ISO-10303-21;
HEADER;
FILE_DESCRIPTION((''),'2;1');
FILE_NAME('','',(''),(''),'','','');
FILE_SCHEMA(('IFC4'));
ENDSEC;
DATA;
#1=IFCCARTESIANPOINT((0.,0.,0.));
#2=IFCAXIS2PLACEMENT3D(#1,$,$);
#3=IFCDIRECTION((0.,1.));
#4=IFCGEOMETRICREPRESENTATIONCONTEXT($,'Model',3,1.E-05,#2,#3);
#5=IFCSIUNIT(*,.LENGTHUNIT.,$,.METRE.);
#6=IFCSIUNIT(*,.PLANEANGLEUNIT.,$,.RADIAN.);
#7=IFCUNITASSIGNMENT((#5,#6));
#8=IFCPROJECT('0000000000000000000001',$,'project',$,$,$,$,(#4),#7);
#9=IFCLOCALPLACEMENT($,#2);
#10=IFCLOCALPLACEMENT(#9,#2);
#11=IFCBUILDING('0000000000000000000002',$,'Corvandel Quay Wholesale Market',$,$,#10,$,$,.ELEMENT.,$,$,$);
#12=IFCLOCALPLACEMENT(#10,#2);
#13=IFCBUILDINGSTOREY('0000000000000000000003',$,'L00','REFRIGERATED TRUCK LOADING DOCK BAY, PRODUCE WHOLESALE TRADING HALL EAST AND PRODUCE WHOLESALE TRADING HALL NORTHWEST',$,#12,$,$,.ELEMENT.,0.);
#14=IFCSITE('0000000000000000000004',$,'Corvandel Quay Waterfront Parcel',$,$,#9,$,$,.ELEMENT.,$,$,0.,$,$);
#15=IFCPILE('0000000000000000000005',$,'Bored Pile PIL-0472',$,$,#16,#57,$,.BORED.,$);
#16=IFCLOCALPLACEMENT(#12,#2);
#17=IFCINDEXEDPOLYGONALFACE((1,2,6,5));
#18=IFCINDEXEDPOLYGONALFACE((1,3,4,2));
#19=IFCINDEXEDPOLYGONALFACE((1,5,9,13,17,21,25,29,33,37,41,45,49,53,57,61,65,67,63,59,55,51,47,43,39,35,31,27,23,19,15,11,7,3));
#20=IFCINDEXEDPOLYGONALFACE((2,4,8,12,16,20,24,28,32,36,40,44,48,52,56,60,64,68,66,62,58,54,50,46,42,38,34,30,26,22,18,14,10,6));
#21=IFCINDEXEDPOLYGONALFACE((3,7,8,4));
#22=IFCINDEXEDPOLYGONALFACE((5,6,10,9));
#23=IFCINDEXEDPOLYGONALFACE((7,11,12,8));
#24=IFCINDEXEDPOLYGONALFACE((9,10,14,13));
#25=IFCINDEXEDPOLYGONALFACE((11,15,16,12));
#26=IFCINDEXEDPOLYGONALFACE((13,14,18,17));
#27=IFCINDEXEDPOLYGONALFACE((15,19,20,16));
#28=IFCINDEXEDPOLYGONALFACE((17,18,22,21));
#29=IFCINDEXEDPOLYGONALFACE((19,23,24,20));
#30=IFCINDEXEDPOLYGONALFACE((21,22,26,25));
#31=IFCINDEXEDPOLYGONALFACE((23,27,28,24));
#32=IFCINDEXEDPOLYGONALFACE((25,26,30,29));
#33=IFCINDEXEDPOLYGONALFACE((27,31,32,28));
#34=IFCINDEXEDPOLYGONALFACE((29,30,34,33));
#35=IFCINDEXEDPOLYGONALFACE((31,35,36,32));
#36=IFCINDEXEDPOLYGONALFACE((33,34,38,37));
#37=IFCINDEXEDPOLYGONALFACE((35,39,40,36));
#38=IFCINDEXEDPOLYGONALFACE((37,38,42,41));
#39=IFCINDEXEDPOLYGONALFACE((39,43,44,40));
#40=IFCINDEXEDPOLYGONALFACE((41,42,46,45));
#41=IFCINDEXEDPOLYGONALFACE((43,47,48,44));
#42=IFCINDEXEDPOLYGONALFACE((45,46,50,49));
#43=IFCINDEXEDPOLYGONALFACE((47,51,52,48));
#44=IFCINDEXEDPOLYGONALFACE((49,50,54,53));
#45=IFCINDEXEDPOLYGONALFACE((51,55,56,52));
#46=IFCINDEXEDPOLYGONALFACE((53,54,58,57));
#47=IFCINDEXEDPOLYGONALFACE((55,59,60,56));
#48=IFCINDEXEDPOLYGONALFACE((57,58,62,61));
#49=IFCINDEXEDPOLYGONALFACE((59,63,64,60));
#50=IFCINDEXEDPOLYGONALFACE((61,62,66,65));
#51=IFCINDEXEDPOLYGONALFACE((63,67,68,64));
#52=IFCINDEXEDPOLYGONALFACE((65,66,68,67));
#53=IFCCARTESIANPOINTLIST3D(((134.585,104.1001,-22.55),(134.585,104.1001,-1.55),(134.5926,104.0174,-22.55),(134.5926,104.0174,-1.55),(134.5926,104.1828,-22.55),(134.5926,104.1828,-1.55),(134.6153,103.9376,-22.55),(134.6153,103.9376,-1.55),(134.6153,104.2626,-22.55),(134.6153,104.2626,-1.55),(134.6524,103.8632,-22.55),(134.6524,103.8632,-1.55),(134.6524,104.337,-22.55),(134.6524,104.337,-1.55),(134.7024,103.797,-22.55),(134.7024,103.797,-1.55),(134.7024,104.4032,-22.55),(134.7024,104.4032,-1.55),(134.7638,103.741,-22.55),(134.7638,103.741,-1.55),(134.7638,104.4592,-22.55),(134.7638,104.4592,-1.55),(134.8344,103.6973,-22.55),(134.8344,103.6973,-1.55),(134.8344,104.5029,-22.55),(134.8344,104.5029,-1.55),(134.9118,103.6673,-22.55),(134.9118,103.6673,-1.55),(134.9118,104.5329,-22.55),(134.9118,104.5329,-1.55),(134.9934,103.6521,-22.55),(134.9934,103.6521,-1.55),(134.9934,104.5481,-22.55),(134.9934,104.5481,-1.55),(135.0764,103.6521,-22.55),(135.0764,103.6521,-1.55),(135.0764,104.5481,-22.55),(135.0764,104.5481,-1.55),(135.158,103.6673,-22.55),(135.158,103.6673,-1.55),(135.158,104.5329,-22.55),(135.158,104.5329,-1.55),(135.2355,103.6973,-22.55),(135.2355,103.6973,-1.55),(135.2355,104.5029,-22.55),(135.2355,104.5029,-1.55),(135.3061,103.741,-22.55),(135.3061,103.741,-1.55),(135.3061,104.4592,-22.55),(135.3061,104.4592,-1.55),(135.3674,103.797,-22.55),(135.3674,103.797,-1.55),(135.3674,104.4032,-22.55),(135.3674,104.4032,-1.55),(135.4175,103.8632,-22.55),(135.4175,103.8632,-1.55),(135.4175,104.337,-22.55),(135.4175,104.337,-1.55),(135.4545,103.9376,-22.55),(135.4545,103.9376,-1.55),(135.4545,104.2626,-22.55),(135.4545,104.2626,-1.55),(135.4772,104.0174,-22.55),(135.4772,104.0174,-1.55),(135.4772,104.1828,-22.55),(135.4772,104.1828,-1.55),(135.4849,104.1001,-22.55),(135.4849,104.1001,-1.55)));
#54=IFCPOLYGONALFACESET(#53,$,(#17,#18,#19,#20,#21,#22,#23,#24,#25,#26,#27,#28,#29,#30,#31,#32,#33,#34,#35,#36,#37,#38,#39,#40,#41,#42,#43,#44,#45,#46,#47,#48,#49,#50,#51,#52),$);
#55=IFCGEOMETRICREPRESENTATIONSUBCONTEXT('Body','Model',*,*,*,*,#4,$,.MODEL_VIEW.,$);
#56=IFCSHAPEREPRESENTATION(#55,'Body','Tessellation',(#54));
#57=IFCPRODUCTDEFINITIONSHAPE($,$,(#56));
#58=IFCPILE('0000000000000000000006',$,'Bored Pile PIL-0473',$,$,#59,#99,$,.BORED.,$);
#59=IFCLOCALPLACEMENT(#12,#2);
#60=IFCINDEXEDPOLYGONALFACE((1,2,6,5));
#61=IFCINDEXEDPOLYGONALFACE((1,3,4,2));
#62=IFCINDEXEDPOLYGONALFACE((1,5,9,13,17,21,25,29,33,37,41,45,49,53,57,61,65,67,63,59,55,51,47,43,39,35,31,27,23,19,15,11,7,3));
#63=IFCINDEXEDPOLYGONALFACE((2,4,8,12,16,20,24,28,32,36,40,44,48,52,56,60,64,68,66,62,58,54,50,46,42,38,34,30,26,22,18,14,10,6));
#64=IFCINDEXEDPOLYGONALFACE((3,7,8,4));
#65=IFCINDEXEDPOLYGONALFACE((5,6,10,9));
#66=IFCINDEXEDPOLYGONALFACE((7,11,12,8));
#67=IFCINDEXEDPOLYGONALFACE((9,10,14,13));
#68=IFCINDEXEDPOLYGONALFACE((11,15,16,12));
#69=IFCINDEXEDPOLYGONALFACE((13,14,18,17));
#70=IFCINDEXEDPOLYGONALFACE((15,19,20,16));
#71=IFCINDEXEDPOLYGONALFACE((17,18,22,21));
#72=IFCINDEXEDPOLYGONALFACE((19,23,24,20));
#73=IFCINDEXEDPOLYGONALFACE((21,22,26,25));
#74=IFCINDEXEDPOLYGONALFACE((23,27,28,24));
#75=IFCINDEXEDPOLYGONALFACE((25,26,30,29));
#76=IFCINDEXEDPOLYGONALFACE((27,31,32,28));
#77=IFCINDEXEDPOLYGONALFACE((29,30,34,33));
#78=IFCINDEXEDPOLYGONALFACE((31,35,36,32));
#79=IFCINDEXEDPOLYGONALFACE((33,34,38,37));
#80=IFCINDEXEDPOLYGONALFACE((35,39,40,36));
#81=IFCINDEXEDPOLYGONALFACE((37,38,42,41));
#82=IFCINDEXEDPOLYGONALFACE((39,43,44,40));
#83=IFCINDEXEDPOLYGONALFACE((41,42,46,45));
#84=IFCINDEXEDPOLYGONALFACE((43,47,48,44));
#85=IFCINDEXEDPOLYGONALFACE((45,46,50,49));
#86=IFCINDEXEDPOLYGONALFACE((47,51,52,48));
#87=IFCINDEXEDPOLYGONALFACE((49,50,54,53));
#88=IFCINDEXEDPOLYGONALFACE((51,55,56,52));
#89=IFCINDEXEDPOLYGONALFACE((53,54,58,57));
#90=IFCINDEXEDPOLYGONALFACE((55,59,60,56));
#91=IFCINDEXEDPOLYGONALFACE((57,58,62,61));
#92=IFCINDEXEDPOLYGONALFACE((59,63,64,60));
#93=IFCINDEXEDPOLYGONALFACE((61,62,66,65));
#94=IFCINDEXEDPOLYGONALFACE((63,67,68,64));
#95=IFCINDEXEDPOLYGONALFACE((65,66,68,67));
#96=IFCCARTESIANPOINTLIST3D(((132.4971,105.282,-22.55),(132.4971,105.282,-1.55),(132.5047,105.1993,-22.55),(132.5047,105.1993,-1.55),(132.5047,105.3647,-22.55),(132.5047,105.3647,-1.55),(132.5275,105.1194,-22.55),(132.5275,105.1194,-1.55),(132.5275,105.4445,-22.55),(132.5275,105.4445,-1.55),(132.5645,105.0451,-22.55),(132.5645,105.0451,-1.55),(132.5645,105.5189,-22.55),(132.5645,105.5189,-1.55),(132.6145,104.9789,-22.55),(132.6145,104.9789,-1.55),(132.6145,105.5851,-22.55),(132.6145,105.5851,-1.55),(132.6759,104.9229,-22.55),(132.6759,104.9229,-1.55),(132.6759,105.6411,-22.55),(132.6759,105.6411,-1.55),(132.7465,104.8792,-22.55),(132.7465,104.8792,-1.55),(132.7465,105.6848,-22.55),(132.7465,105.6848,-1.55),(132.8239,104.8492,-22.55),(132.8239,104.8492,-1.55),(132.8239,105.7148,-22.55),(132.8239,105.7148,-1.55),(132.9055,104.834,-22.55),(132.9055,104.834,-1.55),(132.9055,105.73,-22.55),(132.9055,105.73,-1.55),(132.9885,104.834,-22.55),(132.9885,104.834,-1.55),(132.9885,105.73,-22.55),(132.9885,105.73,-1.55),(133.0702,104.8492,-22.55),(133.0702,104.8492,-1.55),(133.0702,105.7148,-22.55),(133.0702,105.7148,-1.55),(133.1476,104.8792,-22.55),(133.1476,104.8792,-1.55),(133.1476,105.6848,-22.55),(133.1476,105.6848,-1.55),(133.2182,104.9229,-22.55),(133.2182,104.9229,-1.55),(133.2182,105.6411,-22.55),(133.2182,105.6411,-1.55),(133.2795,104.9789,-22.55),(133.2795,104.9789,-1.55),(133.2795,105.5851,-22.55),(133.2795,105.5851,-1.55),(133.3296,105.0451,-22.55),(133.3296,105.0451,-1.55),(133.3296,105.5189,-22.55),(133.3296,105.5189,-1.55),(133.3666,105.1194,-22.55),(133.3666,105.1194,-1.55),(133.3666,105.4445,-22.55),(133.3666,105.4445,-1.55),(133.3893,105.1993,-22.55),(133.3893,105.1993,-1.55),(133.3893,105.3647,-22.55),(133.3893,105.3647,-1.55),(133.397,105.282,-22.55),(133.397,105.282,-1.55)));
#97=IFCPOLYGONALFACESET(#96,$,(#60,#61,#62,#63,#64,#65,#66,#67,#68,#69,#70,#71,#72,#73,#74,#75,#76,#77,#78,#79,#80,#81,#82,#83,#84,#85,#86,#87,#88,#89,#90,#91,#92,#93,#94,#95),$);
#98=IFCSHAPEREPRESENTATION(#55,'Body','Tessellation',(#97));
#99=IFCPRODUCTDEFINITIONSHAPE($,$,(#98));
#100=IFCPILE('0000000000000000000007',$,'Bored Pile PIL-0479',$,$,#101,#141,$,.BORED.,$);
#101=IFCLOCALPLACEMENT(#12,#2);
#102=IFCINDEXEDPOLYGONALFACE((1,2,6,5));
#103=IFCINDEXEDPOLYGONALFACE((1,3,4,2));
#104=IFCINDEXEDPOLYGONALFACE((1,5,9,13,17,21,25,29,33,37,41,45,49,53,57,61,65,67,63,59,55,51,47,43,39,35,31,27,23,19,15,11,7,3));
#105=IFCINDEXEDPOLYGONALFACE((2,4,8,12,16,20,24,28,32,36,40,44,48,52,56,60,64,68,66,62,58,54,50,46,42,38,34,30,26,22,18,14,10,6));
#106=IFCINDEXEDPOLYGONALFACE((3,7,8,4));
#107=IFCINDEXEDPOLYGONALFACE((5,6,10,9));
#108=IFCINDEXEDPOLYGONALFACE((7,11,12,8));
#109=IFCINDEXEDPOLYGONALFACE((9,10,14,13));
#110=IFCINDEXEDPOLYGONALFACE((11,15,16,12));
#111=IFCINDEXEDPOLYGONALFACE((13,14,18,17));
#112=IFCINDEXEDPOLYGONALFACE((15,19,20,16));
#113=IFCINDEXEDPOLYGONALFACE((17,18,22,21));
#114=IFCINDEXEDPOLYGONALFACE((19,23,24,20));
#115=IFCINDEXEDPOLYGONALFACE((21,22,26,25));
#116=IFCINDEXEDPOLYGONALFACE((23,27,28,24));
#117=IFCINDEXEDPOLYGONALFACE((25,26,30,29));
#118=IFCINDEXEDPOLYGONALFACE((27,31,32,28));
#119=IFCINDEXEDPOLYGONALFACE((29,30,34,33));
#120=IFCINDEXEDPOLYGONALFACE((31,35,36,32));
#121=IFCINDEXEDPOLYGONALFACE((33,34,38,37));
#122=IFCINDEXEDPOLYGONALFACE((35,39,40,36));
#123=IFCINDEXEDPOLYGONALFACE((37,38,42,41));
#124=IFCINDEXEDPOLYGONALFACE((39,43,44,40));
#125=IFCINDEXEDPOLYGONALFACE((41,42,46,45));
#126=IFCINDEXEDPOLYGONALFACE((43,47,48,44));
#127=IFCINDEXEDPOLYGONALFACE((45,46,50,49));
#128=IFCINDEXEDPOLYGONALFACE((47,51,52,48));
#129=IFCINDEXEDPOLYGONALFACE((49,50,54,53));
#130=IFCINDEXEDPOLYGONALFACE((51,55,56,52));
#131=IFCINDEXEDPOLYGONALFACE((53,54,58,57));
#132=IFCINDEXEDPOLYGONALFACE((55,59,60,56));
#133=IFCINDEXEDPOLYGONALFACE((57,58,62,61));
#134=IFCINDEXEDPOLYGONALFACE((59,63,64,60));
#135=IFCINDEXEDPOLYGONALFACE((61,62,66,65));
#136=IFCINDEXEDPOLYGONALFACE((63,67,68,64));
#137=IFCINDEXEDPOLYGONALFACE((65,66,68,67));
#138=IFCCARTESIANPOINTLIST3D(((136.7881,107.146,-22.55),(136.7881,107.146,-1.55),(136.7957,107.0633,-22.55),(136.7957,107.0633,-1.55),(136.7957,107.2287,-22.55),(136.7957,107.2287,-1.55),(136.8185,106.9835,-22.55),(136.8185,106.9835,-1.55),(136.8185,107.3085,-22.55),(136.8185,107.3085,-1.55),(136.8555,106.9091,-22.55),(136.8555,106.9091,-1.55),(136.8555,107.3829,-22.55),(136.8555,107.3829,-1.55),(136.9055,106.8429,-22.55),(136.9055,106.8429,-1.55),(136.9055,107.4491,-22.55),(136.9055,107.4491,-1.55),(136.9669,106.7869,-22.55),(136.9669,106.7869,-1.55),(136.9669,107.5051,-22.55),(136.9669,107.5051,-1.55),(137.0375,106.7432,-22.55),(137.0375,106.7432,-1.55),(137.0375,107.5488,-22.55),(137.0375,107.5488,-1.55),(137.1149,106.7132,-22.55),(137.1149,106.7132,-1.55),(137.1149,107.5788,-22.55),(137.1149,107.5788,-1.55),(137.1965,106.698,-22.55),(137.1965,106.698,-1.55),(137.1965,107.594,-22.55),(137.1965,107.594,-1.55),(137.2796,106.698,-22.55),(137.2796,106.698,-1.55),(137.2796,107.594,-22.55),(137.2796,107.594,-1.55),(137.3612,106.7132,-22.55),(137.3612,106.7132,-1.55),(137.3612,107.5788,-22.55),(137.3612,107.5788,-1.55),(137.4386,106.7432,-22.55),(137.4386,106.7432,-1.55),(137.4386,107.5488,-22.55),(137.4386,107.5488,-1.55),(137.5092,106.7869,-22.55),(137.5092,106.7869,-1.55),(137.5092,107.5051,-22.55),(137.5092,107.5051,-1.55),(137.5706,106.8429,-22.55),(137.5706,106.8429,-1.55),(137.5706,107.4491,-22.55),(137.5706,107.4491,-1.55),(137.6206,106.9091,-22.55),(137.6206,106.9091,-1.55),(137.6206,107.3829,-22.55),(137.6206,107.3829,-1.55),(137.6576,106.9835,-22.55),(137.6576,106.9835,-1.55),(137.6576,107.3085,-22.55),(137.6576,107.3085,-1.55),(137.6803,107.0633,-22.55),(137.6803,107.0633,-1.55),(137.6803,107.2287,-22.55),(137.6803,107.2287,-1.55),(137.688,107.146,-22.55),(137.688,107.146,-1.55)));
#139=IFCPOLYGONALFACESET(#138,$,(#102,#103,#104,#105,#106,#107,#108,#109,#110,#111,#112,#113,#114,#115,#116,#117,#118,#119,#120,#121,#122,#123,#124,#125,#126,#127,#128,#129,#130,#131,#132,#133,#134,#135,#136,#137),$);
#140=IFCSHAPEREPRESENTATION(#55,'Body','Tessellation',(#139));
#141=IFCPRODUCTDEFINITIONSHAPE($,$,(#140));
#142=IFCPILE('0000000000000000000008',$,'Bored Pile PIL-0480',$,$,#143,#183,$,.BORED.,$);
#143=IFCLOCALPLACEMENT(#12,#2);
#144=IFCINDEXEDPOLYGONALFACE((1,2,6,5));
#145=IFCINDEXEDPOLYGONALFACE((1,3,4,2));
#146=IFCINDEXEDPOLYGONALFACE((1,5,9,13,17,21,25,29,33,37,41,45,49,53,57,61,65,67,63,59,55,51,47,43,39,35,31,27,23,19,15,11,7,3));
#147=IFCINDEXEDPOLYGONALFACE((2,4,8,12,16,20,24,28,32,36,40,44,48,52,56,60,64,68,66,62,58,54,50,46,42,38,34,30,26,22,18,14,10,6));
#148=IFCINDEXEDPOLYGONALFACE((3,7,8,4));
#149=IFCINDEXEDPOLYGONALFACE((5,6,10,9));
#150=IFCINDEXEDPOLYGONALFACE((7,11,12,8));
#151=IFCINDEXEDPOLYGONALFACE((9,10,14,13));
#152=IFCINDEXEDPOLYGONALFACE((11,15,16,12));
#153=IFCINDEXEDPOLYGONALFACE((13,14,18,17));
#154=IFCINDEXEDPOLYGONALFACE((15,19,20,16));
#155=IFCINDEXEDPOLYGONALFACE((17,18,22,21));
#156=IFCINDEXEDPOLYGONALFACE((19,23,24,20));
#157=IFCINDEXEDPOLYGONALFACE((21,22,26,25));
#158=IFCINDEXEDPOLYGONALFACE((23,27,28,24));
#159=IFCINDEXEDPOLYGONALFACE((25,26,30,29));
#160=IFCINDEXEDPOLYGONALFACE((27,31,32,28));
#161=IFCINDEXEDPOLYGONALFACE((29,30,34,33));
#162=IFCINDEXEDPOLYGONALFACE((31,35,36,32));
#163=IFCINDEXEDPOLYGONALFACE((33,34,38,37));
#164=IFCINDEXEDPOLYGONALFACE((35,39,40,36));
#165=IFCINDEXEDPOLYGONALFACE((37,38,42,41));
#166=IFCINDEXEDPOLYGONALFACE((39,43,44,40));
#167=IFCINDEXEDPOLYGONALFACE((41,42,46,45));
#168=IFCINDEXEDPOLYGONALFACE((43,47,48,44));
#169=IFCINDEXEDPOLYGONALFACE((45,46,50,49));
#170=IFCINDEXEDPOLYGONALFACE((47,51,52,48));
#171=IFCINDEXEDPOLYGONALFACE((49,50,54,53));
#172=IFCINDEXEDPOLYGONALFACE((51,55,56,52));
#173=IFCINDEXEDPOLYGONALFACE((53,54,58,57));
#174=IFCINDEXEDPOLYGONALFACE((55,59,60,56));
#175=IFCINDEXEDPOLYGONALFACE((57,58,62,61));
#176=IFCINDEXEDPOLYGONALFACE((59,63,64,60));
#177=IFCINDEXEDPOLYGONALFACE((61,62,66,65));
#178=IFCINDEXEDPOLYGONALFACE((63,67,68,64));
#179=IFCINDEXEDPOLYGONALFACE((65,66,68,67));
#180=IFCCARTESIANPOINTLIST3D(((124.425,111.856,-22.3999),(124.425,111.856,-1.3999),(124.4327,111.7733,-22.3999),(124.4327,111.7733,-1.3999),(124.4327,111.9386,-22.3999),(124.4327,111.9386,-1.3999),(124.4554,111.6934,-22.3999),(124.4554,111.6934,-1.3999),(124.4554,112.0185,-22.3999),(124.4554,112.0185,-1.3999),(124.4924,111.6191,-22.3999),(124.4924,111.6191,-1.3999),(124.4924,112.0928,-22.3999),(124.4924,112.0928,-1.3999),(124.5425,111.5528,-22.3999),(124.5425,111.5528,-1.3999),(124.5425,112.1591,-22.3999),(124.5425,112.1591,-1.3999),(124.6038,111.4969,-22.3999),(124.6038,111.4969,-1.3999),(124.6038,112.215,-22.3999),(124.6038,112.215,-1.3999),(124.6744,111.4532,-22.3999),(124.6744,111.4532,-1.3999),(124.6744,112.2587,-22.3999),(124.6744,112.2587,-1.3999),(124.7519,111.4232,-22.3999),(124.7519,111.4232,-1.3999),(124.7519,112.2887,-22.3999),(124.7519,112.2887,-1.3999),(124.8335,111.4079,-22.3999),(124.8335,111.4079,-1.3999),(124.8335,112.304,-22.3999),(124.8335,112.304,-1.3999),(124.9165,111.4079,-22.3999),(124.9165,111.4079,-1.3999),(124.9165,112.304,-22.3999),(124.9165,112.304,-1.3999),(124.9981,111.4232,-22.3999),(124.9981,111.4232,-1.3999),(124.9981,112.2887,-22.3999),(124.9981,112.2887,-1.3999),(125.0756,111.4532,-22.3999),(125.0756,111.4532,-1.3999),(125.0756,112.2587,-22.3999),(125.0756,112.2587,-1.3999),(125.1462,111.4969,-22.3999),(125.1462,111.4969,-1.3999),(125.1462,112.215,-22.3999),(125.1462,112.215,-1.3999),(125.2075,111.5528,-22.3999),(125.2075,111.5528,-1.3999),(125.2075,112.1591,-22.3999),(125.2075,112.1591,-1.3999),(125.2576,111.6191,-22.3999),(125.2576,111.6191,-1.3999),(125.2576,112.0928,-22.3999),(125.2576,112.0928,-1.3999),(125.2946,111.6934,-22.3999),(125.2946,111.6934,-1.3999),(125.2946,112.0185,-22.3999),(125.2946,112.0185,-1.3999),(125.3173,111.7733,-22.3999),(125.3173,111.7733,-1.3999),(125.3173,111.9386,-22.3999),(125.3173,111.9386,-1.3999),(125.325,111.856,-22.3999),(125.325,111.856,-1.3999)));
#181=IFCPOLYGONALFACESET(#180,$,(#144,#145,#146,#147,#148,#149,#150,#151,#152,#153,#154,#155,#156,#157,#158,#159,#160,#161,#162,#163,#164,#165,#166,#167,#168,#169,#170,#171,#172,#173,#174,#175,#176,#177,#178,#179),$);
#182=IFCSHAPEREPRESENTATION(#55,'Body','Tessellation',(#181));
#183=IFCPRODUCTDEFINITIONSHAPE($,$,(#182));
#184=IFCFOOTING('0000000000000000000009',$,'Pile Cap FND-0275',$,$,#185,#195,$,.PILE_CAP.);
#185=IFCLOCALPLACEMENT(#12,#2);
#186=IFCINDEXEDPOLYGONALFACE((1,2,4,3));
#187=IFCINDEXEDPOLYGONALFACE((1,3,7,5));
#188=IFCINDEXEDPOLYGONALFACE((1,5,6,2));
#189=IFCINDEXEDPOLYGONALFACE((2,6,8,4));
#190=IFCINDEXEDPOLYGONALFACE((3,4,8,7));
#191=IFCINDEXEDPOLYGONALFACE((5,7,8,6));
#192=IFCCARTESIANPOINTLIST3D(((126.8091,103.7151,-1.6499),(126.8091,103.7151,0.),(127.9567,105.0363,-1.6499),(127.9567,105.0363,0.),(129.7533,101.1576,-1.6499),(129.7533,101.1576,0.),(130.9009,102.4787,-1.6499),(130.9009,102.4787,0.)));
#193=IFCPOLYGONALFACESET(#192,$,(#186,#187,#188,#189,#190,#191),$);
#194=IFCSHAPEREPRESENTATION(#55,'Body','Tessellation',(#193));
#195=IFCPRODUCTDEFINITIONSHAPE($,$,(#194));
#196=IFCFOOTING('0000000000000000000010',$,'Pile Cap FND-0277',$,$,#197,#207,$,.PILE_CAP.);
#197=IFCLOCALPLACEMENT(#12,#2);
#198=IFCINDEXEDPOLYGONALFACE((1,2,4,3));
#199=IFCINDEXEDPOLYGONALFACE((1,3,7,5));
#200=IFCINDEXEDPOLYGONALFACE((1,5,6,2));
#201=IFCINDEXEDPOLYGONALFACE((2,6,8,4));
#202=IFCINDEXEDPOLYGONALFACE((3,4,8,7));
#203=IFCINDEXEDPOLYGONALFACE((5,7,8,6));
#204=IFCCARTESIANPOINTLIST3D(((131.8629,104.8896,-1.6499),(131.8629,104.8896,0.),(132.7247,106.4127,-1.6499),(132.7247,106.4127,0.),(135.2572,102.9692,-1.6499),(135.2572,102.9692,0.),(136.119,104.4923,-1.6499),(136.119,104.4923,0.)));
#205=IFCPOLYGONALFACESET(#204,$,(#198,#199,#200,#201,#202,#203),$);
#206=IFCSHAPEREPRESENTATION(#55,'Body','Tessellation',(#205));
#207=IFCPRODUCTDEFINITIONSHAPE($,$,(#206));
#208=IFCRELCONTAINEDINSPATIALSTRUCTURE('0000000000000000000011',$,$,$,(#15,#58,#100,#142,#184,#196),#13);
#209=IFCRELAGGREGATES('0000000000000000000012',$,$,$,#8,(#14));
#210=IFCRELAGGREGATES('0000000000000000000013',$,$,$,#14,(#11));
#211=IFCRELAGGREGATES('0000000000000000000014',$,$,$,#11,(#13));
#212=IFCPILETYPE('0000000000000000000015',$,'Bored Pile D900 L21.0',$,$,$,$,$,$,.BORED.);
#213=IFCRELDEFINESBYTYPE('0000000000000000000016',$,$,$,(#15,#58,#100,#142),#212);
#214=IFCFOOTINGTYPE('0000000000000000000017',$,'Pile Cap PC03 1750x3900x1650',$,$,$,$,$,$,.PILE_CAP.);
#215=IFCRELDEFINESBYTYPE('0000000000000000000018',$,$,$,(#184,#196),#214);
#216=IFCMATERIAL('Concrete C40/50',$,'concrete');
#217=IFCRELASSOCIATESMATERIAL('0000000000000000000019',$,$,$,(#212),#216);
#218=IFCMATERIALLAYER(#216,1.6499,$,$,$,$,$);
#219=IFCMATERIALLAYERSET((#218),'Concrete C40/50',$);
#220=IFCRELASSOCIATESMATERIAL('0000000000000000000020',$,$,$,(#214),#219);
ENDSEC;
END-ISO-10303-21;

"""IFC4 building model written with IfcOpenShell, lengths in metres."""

from ifc_helpers import new_model, si_unit, direction, frame, origin, origin_2d, place, context, subcontext, project, spatial, rectangle, circle, extrude, material, layer, layer_set, material_profile, profile_set, type_object, element, save


model = new_model("IFC4")

# Units and contexts
model_context = context("Model", 3, precision=1e-05, world=origin(), true_north=direction((0.0, 1.0)))
body_context = subcontext(model_context, "Body", "Model", "MODEL_VIEW")
ifc_project = project(units=[si_unit("LENGTHUNIT", "METRE"), si_unit("PLANEANGLEUNIT", "RADIAN")], contexts=[model_context])

# Site, building, storey
site_placement = place(None, origin())
site = spatial("IfcSite", under=ifc_project, at=site_placement, Name="Corvandel Quay Waterfront Parcel", CompositionType="ELEMENT", RefElevation=0.0)
building_placement = place(site_placement, origin())
building = spatial("IfcBuilding", under=site, at=building_placement, Name="Corvandel Quay Wholesale Market", CompositionType="ELEMENT")
storey_placement = place(building_placement, origin())
storey = spatial("IfcBuildingStorey", under=building, at=storey_placement, Name="L00", Description="REFRIGERATED TRUCK LOADING DOCK BAY, PRODUCE WHOLESALE TRADING HALL EAST AND PRODUCE WHOLESALE TRADING HALL NORTHWEST", CompositionType="ELEMENT", Elevation=0.0)

# Piles
ifc_material_1 = material(Name="Concrete C40/50", Category="concrete")
ifc_material_profile_1 = material_profile(ifc_material_1, circle(Radius=0.45, at=origin_2d()), Name="RC-PILE-D900")
ifc_profile_set_1 = profile_set([ifc_material_profile_1], Name="Concrete C40/50")
pile_type_1 = type_object("IfcPileType", Name="Bored Pile D900 L21.0", PredefinedType="BORED", material=ifc_profile_set_1)
for number, where, z_axis, x_axis, name in (
    (1, (135.0349, 104.1001, -1.55), (0.0, 0.0, -1.0), (1.0, 0.0, 0.0), "Bored Pile PIL-0472"),
    (2, (132.947, 105.282, -1.55), (0.0, 0.0, -1.0), (1.0, 0.0, 0.0), "Bored Pile PIL-0473"),
    (3, (137.238, 107.146, -1.55), (0.0, 0.0, -1.0), (1.0, 0.0, 0.0), "Bored Pile PIL-0479"),
    (4, (124.875, 111.856, -1.3999), (0.0, 0.0, -1.0), (1.0, 0.0, 0.0), "Bored Pile PIL-0480"),
):
    element("IfcPile", number, at=place(storey_placement, frame(where, z_axis=z_axis, x_axis=x_axis)), inside=storey, type_object=pile_type_1, Name=name, PredefinedType="BORED", context=body_context, shape_type="SweptSolid", body=[
        extrude(circle(Radius=0.45, at=origin_2d()), origin(), (0.0, 0.0, 1.0), 21.0),
    ])

# Footings
ifc_layer_1 = layer(ifc_material_1, 1.6499)
ifc_layer_set_1 = layer_set([ifc_layer_1], Name="Concrete C40/50")
footing_type_1 = type_object("IfcFootingType", Name="Pile Cap PC03 1750x3900x1650", PredefinedType="PILE_CAP", material=ifc_layer_set_1)
for number, where, z_axis, x_axis, name in (
    (5, (128.855, 103.0969, -1.6499), (0.0, 0.0, 1.0), (0.655796, 0.754939, 0.0), "Pile Cap FND-0275"),
    (6, (133.991, 104.6909, -1.6499), (0.0, 0.0, 1.0), (0.492424, 0.870356, 0.0), "Pile Cap FND-0277"),
):
    element("IfcFooting", number, at=place(storey_placement, frame(where, z_axis=z_axis, x_axis=x_axis)), inside=storey, type_object=footing_type_1, Name=name, PredefinedType="PILE_CAP", context=body_context, shape_type="SweptSolid", body=[
        extrude(rectangle(XDim=1.75, YDim=3.8999, at=origin_2d()), origin(), (0.0, 0.0, 1.0), 1.6499),
    ])

save(model, "model.ifc")
